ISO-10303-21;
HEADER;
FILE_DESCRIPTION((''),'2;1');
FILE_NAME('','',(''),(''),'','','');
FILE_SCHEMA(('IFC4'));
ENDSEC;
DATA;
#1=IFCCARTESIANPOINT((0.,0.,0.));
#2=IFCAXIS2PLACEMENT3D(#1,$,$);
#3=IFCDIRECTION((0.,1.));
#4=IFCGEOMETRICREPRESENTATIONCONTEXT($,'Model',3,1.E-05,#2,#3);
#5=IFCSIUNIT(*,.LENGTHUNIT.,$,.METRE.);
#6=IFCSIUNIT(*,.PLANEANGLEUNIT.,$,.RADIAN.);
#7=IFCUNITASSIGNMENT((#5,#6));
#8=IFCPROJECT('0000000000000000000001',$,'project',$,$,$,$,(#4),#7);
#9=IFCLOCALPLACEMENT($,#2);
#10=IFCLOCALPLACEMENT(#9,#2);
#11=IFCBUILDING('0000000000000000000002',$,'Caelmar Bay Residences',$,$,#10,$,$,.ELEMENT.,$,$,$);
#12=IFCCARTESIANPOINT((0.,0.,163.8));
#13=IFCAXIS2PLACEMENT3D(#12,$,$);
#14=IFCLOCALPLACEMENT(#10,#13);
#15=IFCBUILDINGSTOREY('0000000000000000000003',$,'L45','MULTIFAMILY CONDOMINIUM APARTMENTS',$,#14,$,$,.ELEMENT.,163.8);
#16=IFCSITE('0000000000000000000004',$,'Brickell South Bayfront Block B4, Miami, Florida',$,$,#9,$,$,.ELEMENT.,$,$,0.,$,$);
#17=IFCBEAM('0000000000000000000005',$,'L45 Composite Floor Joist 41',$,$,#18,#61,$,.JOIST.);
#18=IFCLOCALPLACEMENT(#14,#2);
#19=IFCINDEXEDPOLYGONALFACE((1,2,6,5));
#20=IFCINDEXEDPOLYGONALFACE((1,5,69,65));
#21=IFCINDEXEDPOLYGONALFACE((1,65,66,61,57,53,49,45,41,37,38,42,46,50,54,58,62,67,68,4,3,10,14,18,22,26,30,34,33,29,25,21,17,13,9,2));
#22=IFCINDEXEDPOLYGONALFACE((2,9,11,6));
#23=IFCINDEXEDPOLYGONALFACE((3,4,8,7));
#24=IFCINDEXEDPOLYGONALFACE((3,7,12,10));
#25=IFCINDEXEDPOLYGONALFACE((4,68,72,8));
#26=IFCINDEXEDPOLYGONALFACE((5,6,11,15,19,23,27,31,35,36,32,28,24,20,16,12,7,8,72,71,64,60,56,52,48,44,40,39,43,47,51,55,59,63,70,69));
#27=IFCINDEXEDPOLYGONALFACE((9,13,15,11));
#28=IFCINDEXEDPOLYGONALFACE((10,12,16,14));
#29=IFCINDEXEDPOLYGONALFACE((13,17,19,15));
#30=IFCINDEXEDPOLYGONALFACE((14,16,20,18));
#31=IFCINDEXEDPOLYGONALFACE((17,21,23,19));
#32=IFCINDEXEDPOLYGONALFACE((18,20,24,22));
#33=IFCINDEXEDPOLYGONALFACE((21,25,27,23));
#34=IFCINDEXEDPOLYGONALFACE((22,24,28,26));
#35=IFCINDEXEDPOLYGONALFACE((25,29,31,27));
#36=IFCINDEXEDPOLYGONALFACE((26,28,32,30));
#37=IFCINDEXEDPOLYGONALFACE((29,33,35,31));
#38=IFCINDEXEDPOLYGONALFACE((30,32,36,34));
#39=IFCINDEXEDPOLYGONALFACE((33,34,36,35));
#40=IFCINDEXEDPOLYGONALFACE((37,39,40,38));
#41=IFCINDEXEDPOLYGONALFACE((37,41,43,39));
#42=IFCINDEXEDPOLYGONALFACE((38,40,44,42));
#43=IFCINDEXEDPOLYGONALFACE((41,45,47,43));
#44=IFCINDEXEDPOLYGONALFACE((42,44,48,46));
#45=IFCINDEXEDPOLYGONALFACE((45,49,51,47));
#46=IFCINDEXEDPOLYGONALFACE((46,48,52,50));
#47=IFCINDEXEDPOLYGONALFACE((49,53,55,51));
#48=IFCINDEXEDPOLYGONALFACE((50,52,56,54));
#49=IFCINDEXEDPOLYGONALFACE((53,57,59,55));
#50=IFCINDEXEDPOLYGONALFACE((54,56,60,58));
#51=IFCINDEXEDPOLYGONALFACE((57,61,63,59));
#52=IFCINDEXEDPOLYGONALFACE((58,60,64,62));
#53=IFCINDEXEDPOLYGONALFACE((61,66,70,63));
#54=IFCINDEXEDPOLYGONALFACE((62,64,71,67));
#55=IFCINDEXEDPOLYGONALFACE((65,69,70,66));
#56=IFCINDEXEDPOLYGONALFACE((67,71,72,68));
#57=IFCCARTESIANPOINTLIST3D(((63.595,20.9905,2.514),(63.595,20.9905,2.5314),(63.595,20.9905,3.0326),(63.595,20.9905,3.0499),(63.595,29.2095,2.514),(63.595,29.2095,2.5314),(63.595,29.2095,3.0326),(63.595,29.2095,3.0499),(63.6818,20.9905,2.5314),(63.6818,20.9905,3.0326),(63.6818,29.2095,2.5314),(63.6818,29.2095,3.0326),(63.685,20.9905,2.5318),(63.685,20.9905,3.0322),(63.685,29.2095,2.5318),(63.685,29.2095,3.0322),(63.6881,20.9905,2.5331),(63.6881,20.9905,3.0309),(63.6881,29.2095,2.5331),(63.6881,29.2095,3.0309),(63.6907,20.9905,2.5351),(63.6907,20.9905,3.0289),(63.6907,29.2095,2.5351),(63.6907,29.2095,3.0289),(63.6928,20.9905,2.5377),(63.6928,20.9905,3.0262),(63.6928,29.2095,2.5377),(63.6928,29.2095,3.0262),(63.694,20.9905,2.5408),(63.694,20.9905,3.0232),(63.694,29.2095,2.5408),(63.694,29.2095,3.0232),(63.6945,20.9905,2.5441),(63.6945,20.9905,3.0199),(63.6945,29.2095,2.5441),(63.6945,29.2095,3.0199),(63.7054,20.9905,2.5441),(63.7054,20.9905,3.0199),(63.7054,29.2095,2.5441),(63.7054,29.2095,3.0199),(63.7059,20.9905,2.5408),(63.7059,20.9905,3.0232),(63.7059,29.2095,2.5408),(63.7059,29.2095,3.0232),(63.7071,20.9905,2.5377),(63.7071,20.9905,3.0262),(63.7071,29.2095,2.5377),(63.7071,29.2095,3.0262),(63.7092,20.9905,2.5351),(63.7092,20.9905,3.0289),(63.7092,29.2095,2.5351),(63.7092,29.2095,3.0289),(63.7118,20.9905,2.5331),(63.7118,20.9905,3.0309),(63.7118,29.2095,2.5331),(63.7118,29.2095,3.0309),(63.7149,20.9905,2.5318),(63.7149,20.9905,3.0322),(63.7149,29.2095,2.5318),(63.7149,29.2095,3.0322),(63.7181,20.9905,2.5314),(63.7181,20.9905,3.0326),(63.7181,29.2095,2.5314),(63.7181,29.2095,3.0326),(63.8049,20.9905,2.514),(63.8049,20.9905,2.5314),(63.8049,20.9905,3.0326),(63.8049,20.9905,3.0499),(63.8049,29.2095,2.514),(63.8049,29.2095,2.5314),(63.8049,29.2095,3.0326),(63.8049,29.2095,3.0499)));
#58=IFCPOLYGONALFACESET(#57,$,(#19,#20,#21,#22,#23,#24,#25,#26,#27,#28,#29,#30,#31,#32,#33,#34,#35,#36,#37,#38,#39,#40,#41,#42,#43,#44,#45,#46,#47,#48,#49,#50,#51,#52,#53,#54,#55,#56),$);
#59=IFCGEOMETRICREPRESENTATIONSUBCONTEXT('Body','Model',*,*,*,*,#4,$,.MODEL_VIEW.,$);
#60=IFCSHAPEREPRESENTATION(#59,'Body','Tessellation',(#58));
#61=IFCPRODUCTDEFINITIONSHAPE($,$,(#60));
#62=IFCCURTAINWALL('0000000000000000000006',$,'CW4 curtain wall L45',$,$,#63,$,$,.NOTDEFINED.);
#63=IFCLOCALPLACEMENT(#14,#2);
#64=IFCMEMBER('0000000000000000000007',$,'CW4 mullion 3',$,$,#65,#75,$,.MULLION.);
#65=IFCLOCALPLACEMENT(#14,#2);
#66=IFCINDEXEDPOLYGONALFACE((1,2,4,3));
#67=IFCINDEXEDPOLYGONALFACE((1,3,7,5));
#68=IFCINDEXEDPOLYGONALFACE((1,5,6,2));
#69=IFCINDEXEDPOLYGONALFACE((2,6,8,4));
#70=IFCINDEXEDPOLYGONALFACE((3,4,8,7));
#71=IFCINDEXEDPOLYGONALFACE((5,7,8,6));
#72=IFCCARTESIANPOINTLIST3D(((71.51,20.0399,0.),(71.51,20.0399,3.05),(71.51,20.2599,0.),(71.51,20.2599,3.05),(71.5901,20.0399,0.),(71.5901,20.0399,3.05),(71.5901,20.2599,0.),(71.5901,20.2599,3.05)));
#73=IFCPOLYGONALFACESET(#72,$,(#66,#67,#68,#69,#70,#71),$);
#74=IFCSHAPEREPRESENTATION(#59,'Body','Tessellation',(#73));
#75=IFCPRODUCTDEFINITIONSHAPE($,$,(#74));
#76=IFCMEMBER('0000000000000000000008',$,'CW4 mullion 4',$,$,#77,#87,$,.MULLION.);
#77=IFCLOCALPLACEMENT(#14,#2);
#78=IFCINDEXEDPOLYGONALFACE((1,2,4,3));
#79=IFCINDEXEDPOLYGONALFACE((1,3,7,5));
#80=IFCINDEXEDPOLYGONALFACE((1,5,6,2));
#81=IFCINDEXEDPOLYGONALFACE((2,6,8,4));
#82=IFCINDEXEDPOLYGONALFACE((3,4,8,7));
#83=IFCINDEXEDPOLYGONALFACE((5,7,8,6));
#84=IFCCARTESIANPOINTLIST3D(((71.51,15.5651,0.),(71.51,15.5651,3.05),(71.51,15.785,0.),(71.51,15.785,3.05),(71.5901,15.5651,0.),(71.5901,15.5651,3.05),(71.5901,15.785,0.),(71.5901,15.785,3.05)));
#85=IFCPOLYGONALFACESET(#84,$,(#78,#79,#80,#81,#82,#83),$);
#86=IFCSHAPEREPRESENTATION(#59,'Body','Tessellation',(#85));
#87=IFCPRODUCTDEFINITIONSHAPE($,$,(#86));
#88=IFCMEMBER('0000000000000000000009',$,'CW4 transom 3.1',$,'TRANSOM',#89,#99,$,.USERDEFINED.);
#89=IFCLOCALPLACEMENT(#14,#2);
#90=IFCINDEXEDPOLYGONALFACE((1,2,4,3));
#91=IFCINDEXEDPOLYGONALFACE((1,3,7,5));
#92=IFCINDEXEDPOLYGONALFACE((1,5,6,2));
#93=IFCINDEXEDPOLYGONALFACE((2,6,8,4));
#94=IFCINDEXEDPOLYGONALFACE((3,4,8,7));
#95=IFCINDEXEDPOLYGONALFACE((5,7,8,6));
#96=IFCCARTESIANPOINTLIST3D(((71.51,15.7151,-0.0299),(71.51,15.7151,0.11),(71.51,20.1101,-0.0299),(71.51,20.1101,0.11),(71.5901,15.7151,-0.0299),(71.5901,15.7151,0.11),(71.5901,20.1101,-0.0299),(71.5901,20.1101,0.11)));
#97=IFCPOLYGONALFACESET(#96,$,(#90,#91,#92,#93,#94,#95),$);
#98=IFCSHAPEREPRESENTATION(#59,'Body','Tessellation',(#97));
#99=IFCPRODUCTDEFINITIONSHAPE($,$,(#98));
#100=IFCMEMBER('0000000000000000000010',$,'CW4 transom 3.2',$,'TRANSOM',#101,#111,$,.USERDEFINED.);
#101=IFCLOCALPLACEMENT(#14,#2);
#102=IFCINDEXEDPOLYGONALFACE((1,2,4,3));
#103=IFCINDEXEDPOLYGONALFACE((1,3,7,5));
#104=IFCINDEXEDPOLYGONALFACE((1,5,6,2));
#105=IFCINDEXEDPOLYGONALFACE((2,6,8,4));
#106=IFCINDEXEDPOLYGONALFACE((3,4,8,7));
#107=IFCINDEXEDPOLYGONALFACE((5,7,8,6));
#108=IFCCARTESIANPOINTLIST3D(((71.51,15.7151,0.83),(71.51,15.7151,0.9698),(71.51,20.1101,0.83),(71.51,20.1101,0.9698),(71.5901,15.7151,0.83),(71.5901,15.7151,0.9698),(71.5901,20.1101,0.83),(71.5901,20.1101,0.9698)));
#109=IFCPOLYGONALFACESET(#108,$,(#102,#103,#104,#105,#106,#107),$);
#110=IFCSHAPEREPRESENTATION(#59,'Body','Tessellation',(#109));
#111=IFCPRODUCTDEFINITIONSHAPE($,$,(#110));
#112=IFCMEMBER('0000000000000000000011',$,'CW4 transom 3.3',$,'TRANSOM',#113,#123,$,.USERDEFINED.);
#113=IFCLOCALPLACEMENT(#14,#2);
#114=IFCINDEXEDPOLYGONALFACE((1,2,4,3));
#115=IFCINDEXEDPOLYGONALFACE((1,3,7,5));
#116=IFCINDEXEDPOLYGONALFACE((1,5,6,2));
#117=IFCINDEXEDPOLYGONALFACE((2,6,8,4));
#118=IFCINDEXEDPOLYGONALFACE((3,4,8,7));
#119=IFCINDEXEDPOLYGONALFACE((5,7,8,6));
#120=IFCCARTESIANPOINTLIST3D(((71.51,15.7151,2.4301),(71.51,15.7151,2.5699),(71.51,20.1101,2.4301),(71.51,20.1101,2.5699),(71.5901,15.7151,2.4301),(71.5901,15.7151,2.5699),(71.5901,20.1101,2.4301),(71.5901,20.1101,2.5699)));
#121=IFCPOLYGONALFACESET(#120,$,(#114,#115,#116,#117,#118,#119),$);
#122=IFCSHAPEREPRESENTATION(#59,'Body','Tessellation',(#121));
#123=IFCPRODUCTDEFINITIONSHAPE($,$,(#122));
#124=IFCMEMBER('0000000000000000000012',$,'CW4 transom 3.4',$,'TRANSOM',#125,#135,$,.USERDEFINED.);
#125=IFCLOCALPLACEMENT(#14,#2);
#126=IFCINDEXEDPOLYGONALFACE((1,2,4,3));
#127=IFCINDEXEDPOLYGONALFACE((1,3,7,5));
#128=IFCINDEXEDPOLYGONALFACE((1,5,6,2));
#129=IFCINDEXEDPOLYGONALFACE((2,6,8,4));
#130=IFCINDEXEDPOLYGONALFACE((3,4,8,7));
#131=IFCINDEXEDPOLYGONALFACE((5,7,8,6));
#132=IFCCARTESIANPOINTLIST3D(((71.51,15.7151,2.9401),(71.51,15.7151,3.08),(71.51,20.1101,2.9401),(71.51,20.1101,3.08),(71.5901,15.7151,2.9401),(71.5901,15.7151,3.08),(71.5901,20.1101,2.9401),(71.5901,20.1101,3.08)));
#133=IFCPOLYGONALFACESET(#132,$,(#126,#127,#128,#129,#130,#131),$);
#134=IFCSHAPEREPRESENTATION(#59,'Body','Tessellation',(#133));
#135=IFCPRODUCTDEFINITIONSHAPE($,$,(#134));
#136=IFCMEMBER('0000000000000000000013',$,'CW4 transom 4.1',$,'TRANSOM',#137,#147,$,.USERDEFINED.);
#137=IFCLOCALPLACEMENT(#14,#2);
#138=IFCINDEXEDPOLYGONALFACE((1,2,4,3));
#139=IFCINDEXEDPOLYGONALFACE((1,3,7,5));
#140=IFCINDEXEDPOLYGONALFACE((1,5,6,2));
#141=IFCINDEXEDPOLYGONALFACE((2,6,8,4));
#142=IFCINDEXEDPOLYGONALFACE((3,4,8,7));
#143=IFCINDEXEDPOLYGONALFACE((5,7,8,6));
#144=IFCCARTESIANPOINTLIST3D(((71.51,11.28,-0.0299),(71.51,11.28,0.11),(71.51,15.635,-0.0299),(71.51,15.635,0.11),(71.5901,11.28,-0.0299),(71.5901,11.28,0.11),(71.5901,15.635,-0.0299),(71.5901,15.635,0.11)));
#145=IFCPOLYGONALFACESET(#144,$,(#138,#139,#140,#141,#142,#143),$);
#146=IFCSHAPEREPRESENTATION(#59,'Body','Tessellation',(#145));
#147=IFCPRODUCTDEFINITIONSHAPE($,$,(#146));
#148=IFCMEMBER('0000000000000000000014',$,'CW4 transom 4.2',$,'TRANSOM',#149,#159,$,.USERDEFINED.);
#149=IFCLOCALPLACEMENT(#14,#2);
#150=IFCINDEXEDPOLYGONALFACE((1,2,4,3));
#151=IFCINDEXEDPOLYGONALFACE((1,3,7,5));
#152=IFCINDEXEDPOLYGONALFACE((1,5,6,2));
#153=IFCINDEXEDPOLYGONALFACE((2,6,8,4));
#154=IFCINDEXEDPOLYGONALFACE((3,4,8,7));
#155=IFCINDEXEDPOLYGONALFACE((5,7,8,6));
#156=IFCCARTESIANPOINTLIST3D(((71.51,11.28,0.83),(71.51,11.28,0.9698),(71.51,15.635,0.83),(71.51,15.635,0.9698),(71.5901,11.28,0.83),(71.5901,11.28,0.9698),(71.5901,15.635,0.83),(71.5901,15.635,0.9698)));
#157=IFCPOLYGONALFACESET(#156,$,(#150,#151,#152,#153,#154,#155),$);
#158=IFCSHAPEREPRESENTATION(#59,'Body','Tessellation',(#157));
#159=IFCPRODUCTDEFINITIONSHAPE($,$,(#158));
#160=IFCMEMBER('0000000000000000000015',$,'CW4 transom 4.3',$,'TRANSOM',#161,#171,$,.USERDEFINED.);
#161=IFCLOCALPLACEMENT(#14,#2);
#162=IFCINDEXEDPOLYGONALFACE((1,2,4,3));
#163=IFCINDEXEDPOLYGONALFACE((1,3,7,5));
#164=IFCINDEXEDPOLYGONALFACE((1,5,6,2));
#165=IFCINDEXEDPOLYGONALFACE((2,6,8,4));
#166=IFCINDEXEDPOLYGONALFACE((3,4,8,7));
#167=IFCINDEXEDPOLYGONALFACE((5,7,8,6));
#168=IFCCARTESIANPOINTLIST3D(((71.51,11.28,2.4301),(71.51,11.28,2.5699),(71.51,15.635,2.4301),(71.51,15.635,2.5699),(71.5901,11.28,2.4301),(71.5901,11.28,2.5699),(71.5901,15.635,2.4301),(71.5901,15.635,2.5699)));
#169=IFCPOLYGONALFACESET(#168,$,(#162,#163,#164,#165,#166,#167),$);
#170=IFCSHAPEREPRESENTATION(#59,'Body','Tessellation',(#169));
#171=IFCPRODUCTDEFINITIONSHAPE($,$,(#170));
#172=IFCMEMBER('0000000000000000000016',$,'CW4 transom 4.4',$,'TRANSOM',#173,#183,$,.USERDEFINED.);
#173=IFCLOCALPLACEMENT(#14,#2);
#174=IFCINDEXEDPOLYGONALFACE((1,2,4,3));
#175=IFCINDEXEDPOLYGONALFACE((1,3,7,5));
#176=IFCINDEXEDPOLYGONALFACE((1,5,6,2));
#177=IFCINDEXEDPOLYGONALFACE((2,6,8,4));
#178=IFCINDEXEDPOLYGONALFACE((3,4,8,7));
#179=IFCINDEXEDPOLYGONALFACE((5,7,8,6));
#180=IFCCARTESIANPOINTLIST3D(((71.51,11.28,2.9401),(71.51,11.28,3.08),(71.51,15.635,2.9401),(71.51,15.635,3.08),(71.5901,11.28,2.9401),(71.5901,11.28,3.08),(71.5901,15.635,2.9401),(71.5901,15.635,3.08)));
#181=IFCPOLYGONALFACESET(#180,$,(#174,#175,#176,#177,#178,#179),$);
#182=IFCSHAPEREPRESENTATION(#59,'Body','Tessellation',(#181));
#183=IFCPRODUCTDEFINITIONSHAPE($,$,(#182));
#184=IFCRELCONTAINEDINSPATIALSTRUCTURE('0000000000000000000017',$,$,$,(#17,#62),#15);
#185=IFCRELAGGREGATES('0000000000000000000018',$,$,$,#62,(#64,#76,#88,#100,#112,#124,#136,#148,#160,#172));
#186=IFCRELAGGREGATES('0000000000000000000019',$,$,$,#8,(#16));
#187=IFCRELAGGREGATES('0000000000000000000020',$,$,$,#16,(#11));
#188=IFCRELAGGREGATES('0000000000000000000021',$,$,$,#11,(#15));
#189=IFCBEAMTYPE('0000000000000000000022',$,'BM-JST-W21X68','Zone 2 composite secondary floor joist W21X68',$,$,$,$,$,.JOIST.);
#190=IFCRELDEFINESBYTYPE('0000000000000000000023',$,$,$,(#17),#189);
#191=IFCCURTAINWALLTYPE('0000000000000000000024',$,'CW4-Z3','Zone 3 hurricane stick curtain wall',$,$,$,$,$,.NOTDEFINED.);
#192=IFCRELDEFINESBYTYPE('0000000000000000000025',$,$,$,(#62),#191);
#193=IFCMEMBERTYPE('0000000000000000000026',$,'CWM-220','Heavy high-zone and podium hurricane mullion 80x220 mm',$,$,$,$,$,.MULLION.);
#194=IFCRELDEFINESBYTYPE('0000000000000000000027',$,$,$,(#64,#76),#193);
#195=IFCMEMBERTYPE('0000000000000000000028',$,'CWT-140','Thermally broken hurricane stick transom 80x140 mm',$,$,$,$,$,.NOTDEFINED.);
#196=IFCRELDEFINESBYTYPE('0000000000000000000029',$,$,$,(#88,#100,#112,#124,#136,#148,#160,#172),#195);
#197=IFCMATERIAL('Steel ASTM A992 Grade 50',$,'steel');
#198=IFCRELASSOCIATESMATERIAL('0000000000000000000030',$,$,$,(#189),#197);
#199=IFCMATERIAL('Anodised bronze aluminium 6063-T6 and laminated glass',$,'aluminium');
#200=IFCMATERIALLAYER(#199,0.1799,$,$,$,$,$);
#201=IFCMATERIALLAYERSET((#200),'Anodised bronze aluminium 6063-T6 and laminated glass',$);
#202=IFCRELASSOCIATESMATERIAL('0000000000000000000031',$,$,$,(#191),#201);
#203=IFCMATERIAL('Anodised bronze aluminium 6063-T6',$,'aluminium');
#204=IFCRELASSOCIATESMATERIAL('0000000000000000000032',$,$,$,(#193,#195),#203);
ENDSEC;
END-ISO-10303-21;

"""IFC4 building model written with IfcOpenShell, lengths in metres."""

from ifc_helpers import new_model, si_unit, direction, frame, origin, origin_2d, place, context, subcontext, project, spatial, rectangle, i_section, extrude, material, layer, layer_set, material_profile, profile_set, type_object, element, aggregate, save


model = new_model("IFC4")

# Units and contexts
model_context = context("Model", 3, precision=1e-05, world=origin(), true_north=direction((0.0, 1.0)))
body_context = subcontext(model_context, "Body", "Model", "MODEL_VIEW")
ifc_project = project(units=[si_unit("LENGTHUNIT", "METRE"), si_unit("PLANEANGLEUNIT", "RADIAN")], contexts=[model_context])

# Site, building, storey
site_placement = place(None, origin())
site = spatial("IfcSite", under=ifc_project, at=site_placement, Name="Brickell South Bayfront Block B4, Miami, Florida", CompositionType="ELEMENT", RefElevation=0.0)
building_placement = place(site_placement, origin())
building = spatial("IfcBuilding", under=site, at=building_placement, Name="Caelmar Bay Residences", CompositionType="ELEMENT")
storey_placement = place(building_placement, frame((0.0, 0.0, 163.8)))
storey = spatial("IfcBuildingStorey", under=building, at=storey_placement, Name="L45", Description="MULTIFAMILY CONDOMINIUM APARTMENTS", CompositionType="ELEMENT", Elevation=163.8)

# Beam
ifc_material_1 = material(Name="Steel ASTM A992 Grade 50", Category="steel")
ifc_material_profile_1 = material_profile(ifc_material_1, i_section(OverallWidth=0.21, OverallDepth=0.5359, WebThickness=0.011, FlangeThickness=0.0173, FilletRadius=0.0127, at=origin_2d()), Name="W21X68")
ifc_profile_set_1 = profile_set([ifc_material_profile_1], Name="Steel ASTM A992 Grade 50")
beam_type_1 = type_object("IfcBeamType", Name="BM-JST-W21X68", Description="Zone 2 composite secondary floor joist W21X68", PredefinedType="JOIST", material=ifc_profile_set_1)
beam_1_placement = place(storey_placement, frame((63.7, 20.9905, 2.782), z_axis=(0.0, 1.0, 0.0), x_axis=(-1.0, 0.0, 0.0)))
element("IfcBeam", 1, at=beam_1_placement, inside=storey, type_object=beam_type_1, Name="L45 Composite Floor Joist 41", PredefinedType="JOIST", context=body_context, shape_type="SweptSolid", body=[
    extrude(i_section(OverallWidth=0.21, OverallDepth=0.5359, WebThickness=0.011, FlangeThickness=0.0173, FilletRadius=0.0127, at=origin_2d()), origin(), (0.0, 0.0, 1.0), 8.219),
])

# Curtain wall, members
ifc_material_2 = material(Name="Anodised bronze aluminium 6063-T6 and laminated glass", Category="aluminium")
ifc_layer_1 = layer(ifc_material_2, 0.1799)
ifc_layer_set_1 = layer_set([ifc_layer_1], Name="Anodised bronze aluminium 6063-T6 and laminated glass")
curtain_wall_type = type_object("IfcCurtainWallType", Name="CW4-Z3", Description="Zone 3 hurricane stick curtain wall", PredefinedType="NOTDEFINED", material=ifc_layer_set_1)
curtain_wall_placement = place(storey_placement, origin())
curtain_wall = element("IfcCurtainWall", 2, at=curtain_wall_placement, inside=storey, type_object=curtain_wall_type, Name="CW4 curtain wall L45", PredefinedType="NOTDEFINED")
ifc_material_3 = material(Name="Anodised bronze aluminium 6063-T6", Category="aluminium")
ifc_material_profile_2 = material_profile(ifc_material_3, rectangle(XDim=0.0801, YDim=0.22, at=origin_2d()), Name="CWM-80X220")
ifc_profile_set_2 = profile_set([ifc_material_profile_2], Name="Anodised bronze aluminium 6063-T6")
member_type_1 = type_object("IfcMemberType", Name="CWM-220", Description="Heavy high-zone and podium hurricane mullion 80x220 mm", PredefinedType="MULLION", material=ifc_profile_set_2)
member_1_placement = place(storey_placement, frame((71.55, 20.1499, 0.0), z_axis=(0.0, 0.0, 1.0), x_axis=(1.0, 0.0, 0.0)))
member_1 = element("IfcMember", 3, at=member_1_placement, type_object=member_type_1, Name="CW4 mullion 3", PredefinedType="MULLION", context=body_context, shape_type="SweptSolid", body=[
    extrude(rectangle(XDim=0.0801, YDim=0.22, at=origin_2d()), origin(), (0.0, 0.0, 1.0), 3.05),
])
member_2_placement = place(storey_placement, frame((71.55, 15.675, 0.0), z_axis=(0.0, 0.0, 1.0), x_axis=(1.0, 0.0, 0.0)))
member_2 = element("IfcMember", 4, at=member_2_placement, type_object=member_type_1, Name="CW4 mullion 4", PredefinedType="MULLION", context=body_context, shape_type="SweptSolid", body=[
    extrude(rectangle(XDim=0.0801, YDim=0.22, at=origin_2d()), origin(), (0.0, 0.0, 1.0), 3.05),
])
ifc_material_profile_3 = material_profile(ifc_material_3, rectangle(XDim=0.0801, YDim=0.1399, at=origin_2d()), Name="CWT-80X140")
ifc_profile_set_3 = profile_set([ifc_material_profile_3], Name="Anodised bronze aluminium 6063-T6")
member_type_2 = type_object("IfcMemberType", Name="CWT-140", Description="Thermally broken hurricane stick transom 80x140 mm", PredefinedType="NOTDEFINED", material=ifc_profile_set_3)
member_3_placement = place(storey_placement, frame((71.55, 20.1101, 0.04), z_axis=(0.0, -1.0, 0.0), x_axis=(1.0, 0.0, 0.0)))
member_3 = element("IfcMember", 5, at=member_3_placement, type_object=member_type_2, Name="CW4 transom 3.1", ObjectType="TRANSOM", PredefinedType="USERDEFINED", context=body_context, shape_type="SweptSolid", body=[
    extrude(rectangle(XDim=0.0801, YDim=0.1399, at=origin_2d()), origin(), (0.0, 0.0, 1.0), 4.395),
])
member_4_placement = place(storey_placement, frame((71.55, 20.1101, 0.8999), z_axis=(0.0, -1.0, 0.0), x_axis=(1.0, 0.0, 0.0)))
member_4 = element("IfcMember", 6, at=member_4_placement, type_object=member_type_2, Name="CW4 transom 3.2", ObjectType="TRANSOM", PredefinedType="USERDEFINED", context=body_context, shape_type="SweptSolid", body=[
    extrude(rectangle(XDim=0.0801, YDim=0.1399, at=origin_2d()), origin(), (0.0, 0.0, 1.0), 4.395),
])
member_5_placement = place(storey_placement, frame((71.55, 20.1101, 2.5), z_axis=(0.0, -1.0, 0.0), x_axis=(1.0, 0.0, 0.0)))
member_5 = element("IfcMember", 7, at=member_5_placement, type_object=member_type_2, Name="CW4 transom 3.3", ObjectType="TRANSOM", PredefinedType="USERDEFINED", context=body_context, shape_type="SweptSolid", body=[
    extrude(rectangle(XDim=0.0801, YDim=0.1399, at=origin_2d()), origin(), (0.0, 0.0, 1.0), 4.395),
])
member_6_placement = place(storey_placement, frame((71.55, 20.1101, 3.01), z_axis=(0.0, -1.0, 0.0), x_axis=(1.0, 0.0, 0.0)))
member_6 = element("IfcMember", 8, at=member_6_placement, type_object=member_type_2, Name="CW4 transom 3.4", ObjectType="TRANSOM", PredefinedType="USERDEFINED", context=body_context, shape_type="SweptSolid", body=[
    extrude(rectangle(XDim=0.0801, YDim=0.1399, at=origin_2d()), origin(), (0.0, 0.0, 1.0), 4.395),
])
member_7_placement = place(storey_placement, frame((71.55, 15.635, 0.04), z_axis=(0.0, -1.0, 0.0), x_axis=(1.0, 0.0, 0.0)))
member_7 = element("IfcMember", 9, at=member_7_placement, type_object=member_type_2, Name="CW4 transom 4.1", ObjectType="TRANSOM", PredefinedType="USERDEFINED", context=body_context, shape_type="SweptSolid", body=[
    extrude(rectangle(XDim=0.0801, YDim=0.1399, at=origin_2d()), origin(), (0.0, 0.0, 1.0), 4.355),
])
member_8_placement = place(storey_placement, frame((71.55, 15.635, 0.8999), z_axis=(0.0, -1.0, 0.0), x_axis=(1.0, 0.0, 0.0)))
member_8 = element("IfcMember", 10, at=member_8_placement, type_object=member_type_2, Name="CW4 transom 4.2", ObjectType="TRANSOM", PredefinedType="USERDEFINED", context=body_context, shape_type="SweptSolid", body=[
    extrude(rectangle(XDim=0.0801, YDim=0.1399, at=origin_2d()), origin(), (0.0, 0.0, 1.0), 4.355),
])
member_9_placement = place(storey_placement, frame((71.55, 15.635, 2.5), z_axis=(0.0, -1.0, 0.0), x_axis=(1.0, 0.0, 0.0)))
member_9 = element("IfcMember", 11, at=member_9_placement, type_object=member_type_2, Name="CW4 transom 4.3", ObjectType="TRANSOM", PredefinedType="USERDEFINED", context=body_context, shape_type="SweptSolid", body=[
    extrude(rectangle(XDim=0.0801, YDim=0.1399, at=origin_2d()), origin(), (0.0, 0.0, 1.0), 4.355),
])
member_10_placement = place(storey_placement, frame((71.55, 15.635, 3.01), z_axis=(0.0, -1.0, 0.0), x_axis=(1.0, 0.0, 0.0)))
member_10 = element("IfcMember", 12, at=member_10_placement, type_object=member_type_2, Name="CW4 transom 4.4", ObjectType="TRANSOM", PredefinedType="USERDEFINED", context=body_context, shape_type="SweptSolid", body=[
    extrude(rectangle(XDim=0.0801, YDim=0.1399, at=origin_2d()), origin(), (0.0, 0.0, 1.0), 4.355),
])
aggregate(curtain_wall, [member_1, member_2, member_3, member_4, member_5, member_6, member_7, member_8, member_9, member_10])

save(model, "model.ifc")
